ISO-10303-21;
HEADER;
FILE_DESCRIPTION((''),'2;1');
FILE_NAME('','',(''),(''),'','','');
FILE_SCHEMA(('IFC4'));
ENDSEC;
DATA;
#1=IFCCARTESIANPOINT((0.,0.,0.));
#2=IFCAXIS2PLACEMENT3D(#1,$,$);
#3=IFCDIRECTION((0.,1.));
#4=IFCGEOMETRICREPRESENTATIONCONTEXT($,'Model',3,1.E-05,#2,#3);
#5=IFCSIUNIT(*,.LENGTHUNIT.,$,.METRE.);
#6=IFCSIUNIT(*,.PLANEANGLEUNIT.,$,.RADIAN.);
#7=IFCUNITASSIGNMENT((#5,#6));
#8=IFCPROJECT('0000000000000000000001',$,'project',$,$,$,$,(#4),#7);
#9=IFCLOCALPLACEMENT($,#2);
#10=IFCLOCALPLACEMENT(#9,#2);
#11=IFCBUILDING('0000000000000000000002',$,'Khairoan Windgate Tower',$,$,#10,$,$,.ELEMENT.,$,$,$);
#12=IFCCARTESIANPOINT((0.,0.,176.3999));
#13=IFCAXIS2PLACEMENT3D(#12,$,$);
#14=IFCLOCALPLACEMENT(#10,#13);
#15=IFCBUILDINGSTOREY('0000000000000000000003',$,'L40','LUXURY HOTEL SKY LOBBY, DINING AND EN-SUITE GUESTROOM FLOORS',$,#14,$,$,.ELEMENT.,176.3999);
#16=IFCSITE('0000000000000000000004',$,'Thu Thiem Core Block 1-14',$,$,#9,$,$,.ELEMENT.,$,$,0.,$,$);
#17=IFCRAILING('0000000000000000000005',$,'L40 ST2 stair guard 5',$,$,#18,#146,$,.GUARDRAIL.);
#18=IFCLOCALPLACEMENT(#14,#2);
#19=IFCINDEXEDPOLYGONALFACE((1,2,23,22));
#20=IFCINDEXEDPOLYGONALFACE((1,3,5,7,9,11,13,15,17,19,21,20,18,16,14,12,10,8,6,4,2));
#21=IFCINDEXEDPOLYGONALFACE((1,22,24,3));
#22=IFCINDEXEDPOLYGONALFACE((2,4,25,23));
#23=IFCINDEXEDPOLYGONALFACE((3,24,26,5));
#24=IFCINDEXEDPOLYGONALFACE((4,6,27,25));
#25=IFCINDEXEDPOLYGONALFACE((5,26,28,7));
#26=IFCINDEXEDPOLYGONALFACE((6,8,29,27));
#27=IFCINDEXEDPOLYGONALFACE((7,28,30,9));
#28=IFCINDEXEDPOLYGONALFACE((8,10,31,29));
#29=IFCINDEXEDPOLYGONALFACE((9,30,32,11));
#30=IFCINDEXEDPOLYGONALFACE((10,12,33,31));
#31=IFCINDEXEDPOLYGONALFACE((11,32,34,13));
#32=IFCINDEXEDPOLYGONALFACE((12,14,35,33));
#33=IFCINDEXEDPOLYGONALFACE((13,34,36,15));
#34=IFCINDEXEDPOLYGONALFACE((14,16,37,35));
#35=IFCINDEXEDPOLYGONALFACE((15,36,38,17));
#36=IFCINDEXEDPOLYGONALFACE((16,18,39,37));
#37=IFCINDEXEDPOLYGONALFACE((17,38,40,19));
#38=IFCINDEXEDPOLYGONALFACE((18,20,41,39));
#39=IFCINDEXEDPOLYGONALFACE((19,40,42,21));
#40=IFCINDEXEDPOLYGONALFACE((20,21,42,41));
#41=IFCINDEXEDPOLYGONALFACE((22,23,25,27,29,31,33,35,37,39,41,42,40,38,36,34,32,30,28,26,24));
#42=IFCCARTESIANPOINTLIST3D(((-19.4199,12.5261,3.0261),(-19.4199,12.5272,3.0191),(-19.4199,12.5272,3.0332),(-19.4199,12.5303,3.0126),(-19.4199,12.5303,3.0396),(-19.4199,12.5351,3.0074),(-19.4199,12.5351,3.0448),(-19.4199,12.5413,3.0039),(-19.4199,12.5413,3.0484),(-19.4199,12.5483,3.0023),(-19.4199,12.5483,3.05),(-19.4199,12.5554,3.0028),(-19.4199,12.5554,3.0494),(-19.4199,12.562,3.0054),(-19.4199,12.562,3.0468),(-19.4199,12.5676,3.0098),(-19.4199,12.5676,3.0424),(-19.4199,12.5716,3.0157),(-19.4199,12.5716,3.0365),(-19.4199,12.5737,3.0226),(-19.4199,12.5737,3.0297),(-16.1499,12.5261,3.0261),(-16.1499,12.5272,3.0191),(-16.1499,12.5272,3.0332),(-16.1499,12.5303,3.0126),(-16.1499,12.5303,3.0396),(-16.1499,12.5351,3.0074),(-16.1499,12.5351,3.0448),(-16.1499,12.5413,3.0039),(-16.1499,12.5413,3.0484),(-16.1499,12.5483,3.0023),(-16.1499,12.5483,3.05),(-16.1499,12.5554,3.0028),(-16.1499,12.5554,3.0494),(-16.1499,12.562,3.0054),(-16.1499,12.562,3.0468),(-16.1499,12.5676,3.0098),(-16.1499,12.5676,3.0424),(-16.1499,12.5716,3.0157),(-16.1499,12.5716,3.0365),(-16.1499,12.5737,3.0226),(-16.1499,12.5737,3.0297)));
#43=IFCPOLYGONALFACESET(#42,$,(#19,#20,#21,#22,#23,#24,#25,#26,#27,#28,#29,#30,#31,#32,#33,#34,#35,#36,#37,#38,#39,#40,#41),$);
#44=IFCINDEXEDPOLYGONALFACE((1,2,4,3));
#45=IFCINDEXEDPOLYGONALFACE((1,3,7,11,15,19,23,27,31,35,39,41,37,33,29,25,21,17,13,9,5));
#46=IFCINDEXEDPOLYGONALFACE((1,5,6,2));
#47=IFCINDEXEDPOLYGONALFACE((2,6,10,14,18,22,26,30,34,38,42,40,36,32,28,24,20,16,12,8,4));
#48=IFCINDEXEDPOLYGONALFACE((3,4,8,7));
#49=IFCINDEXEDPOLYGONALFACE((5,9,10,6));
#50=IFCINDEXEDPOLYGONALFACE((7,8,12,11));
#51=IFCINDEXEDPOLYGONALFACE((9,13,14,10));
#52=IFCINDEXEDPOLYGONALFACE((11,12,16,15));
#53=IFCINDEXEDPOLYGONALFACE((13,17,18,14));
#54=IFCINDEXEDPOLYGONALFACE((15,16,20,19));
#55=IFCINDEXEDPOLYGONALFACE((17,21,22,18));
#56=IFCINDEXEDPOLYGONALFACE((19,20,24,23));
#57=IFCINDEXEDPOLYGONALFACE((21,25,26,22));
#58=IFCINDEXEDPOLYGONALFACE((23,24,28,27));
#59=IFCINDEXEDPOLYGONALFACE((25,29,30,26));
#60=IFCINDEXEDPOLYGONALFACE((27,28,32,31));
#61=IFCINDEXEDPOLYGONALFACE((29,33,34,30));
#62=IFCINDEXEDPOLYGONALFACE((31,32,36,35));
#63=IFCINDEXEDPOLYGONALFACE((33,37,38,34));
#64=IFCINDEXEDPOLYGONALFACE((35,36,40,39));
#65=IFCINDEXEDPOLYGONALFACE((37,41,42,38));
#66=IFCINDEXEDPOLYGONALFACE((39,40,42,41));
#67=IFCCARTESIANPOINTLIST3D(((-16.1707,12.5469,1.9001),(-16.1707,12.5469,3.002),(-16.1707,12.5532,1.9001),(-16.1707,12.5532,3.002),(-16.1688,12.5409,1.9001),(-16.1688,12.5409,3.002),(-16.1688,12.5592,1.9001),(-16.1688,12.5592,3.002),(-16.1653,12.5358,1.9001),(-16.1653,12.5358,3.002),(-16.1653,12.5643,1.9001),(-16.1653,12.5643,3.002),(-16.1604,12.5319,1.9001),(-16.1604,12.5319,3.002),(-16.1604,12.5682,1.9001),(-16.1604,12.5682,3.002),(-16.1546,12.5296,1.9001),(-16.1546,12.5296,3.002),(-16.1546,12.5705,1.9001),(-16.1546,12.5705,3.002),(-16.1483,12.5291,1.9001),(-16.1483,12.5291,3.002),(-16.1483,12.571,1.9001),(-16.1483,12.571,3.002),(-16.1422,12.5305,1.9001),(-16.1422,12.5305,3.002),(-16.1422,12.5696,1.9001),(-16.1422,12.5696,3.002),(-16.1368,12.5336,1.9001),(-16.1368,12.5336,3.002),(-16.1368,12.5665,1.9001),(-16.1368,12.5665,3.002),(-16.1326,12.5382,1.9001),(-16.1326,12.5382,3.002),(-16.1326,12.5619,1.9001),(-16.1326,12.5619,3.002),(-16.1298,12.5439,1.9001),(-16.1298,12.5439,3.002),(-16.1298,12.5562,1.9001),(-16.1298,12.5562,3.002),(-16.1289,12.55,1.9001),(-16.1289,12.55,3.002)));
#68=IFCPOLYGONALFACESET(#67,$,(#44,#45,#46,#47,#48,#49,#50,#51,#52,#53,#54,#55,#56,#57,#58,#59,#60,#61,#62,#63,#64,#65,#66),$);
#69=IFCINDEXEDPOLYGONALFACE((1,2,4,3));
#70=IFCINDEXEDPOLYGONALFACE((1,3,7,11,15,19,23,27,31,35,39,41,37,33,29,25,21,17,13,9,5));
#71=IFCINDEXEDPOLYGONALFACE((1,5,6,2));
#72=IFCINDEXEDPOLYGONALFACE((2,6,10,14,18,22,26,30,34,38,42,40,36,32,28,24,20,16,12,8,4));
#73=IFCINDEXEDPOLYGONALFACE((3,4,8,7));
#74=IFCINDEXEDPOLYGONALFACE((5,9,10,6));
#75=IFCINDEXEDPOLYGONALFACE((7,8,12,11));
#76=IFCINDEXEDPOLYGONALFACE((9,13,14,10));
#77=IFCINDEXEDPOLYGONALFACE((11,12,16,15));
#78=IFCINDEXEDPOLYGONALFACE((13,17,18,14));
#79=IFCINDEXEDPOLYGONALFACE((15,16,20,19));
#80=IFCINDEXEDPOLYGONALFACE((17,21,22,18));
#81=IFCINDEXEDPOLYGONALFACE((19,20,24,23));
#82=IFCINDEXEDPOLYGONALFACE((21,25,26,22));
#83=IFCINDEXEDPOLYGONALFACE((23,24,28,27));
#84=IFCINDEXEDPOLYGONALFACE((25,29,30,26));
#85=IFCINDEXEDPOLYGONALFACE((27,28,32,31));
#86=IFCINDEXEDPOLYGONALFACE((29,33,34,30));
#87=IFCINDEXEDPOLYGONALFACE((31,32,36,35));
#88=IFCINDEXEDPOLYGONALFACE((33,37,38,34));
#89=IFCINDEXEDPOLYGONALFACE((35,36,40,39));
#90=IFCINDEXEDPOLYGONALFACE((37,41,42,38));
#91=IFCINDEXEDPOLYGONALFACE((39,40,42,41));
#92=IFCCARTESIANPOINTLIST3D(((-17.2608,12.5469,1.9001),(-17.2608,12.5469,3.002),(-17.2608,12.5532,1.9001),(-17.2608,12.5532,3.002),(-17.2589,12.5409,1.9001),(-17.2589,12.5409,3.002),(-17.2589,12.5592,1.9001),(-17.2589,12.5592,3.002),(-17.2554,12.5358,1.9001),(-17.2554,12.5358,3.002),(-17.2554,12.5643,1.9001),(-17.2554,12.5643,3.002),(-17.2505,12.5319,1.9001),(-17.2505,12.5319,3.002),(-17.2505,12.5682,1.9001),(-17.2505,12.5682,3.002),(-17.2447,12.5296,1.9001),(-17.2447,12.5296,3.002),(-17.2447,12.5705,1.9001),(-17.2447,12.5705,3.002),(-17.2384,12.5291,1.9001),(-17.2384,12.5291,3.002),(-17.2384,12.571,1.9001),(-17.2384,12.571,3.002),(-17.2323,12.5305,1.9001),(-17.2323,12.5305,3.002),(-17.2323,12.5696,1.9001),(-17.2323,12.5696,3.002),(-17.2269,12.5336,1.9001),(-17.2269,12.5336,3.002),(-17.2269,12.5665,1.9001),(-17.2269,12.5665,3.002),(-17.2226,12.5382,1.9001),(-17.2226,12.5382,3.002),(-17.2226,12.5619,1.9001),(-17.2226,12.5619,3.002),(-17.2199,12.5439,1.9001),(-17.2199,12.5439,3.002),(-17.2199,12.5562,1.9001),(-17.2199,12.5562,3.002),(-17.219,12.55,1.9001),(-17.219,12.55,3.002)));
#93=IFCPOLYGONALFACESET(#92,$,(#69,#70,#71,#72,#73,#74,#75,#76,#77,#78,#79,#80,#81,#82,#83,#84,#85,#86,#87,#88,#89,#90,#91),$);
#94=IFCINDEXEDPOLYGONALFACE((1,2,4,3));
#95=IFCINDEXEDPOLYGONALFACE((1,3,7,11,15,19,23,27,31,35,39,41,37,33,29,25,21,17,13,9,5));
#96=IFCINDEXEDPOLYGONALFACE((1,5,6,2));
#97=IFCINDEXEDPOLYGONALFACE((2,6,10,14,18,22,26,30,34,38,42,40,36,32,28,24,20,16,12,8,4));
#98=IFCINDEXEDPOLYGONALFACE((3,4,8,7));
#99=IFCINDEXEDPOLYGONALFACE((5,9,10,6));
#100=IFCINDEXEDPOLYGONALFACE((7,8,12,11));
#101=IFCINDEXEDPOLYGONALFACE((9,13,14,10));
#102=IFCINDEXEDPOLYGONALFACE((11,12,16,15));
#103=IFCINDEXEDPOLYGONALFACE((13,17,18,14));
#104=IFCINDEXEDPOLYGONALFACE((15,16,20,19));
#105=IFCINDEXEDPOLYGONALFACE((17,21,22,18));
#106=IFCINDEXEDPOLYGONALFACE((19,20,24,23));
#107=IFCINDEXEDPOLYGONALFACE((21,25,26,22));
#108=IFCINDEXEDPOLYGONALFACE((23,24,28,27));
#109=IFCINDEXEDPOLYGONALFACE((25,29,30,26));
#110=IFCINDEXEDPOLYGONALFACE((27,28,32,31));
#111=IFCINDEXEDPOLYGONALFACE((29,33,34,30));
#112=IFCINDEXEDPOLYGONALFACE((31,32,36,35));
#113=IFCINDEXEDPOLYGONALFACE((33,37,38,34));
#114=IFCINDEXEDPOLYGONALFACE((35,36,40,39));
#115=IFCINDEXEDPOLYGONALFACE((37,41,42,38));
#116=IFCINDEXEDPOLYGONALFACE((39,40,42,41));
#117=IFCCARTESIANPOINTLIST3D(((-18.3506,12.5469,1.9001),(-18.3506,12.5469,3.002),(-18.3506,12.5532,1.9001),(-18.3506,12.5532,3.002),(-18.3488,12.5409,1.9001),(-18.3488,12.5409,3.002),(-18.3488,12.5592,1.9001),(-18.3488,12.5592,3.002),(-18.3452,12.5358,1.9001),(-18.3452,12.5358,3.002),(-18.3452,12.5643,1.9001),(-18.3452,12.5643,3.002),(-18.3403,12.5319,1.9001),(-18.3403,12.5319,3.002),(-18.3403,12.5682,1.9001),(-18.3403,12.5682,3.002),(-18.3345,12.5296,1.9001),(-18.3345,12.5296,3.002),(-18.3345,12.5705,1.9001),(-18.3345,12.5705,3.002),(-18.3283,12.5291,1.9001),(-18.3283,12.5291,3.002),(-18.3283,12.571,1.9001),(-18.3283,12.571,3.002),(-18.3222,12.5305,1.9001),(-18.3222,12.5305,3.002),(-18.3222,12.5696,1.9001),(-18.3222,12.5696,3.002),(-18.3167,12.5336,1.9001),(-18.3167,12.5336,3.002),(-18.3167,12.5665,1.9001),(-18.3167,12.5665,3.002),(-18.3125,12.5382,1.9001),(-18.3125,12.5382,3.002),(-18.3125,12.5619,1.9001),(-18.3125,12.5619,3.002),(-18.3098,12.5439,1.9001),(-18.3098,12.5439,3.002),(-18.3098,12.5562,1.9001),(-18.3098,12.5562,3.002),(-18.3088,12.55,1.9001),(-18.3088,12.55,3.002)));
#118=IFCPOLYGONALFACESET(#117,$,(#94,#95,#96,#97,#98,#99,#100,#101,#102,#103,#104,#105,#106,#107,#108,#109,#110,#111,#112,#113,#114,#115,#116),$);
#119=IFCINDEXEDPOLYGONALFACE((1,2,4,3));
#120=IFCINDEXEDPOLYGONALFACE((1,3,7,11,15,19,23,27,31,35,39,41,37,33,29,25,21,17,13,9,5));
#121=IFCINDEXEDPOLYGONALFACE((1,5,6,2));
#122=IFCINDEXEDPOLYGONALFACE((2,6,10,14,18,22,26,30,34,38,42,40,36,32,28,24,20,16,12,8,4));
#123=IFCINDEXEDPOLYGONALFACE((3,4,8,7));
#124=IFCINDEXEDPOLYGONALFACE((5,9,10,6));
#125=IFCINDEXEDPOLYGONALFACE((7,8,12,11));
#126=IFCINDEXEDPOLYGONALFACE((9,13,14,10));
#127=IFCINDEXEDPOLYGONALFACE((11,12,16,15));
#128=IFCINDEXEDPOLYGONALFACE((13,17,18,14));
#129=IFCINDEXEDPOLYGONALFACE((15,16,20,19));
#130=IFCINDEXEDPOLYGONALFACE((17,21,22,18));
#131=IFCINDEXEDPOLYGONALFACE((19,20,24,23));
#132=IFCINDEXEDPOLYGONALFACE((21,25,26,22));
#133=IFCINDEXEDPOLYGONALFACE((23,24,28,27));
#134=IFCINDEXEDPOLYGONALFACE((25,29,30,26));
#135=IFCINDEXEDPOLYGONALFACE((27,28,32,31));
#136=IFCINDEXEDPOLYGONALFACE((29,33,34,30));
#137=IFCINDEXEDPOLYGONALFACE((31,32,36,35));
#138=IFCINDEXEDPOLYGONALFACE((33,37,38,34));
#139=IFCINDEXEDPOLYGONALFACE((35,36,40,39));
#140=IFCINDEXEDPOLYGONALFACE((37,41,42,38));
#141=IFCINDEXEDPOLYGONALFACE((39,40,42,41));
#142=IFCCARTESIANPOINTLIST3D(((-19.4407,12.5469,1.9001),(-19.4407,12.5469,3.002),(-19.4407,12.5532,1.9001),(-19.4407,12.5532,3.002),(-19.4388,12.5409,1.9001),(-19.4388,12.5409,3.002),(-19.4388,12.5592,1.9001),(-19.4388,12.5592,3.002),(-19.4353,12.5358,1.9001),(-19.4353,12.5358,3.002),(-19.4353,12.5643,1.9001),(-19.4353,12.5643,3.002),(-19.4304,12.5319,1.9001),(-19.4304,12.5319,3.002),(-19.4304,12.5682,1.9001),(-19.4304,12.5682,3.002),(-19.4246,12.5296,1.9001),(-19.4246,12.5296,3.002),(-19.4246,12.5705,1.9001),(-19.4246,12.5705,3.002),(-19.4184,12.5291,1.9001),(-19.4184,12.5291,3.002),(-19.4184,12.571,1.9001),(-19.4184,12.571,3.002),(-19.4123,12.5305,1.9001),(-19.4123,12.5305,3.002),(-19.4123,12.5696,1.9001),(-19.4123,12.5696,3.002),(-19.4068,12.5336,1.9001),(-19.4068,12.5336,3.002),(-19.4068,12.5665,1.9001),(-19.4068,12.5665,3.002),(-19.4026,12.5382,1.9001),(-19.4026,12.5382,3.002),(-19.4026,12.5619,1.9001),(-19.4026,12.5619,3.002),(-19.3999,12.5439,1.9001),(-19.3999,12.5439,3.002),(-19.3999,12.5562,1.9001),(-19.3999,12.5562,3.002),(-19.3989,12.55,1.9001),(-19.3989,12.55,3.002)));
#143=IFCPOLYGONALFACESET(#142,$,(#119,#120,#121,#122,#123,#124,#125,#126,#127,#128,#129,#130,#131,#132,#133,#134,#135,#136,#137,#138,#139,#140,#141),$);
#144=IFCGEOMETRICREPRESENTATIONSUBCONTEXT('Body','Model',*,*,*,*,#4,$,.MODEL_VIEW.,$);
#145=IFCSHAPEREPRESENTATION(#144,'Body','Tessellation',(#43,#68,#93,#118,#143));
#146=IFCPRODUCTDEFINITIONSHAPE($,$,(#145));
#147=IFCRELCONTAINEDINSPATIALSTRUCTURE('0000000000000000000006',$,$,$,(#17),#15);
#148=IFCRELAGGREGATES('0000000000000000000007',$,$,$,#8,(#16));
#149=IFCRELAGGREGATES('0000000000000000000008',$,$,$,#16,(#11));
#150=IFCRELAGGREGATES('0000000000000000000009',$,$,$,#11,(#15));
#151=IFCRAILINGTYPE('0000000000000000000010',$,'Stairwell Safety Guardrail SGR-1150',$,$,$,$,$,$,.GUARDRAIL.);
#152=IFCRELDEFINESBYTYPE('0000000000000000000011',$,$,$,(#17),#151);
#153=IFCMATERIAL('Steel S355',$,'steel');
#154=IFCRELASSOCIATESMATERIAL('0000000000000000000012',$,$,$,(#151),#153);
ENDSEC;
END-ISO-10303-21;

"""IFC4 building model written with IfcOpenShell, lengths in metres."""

from ifc_helpers import new_model, si_unit, direction, frame, origin, origin_2d, place, context, subcontext, project, spatial, circle, extrude, material, type_object, element, save


model = new_model("IFC4")

# Units and contexts
model_context = context("Model", 3, precision=1e-05, world=origin(), true_north=direction((0.0, 1.0)))
body_context = subcontext(model_context, "Body", "Model", "MODEL_VIEW")
ifc_project = project(units=[si_unit("LENGTHUNIT", "METRE"), si_unit("PLANEANGLEUNIT", "RADIAN")], contexts=[model_context])

# Site, building, storey
site_placement = place(None, origin())
site = spatial("IfcSite", under=ifc_project, at=site_placement, Name="Thu Thiem Core Block 1-14", CompositionType="ELEMENT", RefElevation=0.0)
building_placement = place(site_placement, origin())
building = spatial("IfcBuilding", under=site, at=building_placement, Name="Khairoan Windgate Tower", CompositionType="ELEMENT")
storey_placement = place(building_placement, frame((0.0, 0.0, 176.3999)))
storey = spatial("IfcBuildingStorey", under=building, at=storey_placement, Name="L40", Description="LUXURY HOTEL SKY LOBBY, DINING AND EN-SUITE GUESTROOM FLOORS", CompositionType="ELEMENT", Elevation=176.3999)

# Railing
ifc_material_1 = material(Name="Steel S355", Category="steel")
railing_type_1 = type_object("IfcRailingType", Name="Stairwell Safety Guardrail SGR-1150", PredefinedType="GUARDRAIL", material=ifc_material_1)
railing_1_placement = place(storey_placement, frame((-16.1499, 12.55, 1.9001)))
element("IfcRailing", 1, at=railing_1_placement, inside=storey, type_object=railing_type_1, Name="L40 ST2 stair guard 5", PredefinedType="GUARDRAIL", context=body_context, shape_type="SweptSolid", body=[
    extrude(circle(Radius=0.0239, at=origin_2d()), frame((0.0, 0.0, 1.126), z_axis=(-1.0, 0.0, 0.0), x_axis=(0.0, -1.0, 0.0)), (0.0, 0.0, 1.0), 3.27),
    extrude(circle(Radius=0.021, at=origin_2d()), origin(), (0.0, 0.0, 1.0), 1.1018),
    extrude(circle(Radius=0.021, at=origin_2d()), frame((-1.0901, 0.0, 0.0)), (0.0, 0.0, 1.0), 1.1018),
    extrude(circle(Radius=0.021, at=origin_2d()), frame((-2.1799, 0.0, 0.0)), (0.0, 0.0, 1.0), 1.1018),
    extrude(circle(Radius=0.021, at=origin_2d()), frame((-3.27, 0.0, 0.0)), (0.0, 0.0, 1.0), 1.1018),
])

save(model, "model.ifc")
